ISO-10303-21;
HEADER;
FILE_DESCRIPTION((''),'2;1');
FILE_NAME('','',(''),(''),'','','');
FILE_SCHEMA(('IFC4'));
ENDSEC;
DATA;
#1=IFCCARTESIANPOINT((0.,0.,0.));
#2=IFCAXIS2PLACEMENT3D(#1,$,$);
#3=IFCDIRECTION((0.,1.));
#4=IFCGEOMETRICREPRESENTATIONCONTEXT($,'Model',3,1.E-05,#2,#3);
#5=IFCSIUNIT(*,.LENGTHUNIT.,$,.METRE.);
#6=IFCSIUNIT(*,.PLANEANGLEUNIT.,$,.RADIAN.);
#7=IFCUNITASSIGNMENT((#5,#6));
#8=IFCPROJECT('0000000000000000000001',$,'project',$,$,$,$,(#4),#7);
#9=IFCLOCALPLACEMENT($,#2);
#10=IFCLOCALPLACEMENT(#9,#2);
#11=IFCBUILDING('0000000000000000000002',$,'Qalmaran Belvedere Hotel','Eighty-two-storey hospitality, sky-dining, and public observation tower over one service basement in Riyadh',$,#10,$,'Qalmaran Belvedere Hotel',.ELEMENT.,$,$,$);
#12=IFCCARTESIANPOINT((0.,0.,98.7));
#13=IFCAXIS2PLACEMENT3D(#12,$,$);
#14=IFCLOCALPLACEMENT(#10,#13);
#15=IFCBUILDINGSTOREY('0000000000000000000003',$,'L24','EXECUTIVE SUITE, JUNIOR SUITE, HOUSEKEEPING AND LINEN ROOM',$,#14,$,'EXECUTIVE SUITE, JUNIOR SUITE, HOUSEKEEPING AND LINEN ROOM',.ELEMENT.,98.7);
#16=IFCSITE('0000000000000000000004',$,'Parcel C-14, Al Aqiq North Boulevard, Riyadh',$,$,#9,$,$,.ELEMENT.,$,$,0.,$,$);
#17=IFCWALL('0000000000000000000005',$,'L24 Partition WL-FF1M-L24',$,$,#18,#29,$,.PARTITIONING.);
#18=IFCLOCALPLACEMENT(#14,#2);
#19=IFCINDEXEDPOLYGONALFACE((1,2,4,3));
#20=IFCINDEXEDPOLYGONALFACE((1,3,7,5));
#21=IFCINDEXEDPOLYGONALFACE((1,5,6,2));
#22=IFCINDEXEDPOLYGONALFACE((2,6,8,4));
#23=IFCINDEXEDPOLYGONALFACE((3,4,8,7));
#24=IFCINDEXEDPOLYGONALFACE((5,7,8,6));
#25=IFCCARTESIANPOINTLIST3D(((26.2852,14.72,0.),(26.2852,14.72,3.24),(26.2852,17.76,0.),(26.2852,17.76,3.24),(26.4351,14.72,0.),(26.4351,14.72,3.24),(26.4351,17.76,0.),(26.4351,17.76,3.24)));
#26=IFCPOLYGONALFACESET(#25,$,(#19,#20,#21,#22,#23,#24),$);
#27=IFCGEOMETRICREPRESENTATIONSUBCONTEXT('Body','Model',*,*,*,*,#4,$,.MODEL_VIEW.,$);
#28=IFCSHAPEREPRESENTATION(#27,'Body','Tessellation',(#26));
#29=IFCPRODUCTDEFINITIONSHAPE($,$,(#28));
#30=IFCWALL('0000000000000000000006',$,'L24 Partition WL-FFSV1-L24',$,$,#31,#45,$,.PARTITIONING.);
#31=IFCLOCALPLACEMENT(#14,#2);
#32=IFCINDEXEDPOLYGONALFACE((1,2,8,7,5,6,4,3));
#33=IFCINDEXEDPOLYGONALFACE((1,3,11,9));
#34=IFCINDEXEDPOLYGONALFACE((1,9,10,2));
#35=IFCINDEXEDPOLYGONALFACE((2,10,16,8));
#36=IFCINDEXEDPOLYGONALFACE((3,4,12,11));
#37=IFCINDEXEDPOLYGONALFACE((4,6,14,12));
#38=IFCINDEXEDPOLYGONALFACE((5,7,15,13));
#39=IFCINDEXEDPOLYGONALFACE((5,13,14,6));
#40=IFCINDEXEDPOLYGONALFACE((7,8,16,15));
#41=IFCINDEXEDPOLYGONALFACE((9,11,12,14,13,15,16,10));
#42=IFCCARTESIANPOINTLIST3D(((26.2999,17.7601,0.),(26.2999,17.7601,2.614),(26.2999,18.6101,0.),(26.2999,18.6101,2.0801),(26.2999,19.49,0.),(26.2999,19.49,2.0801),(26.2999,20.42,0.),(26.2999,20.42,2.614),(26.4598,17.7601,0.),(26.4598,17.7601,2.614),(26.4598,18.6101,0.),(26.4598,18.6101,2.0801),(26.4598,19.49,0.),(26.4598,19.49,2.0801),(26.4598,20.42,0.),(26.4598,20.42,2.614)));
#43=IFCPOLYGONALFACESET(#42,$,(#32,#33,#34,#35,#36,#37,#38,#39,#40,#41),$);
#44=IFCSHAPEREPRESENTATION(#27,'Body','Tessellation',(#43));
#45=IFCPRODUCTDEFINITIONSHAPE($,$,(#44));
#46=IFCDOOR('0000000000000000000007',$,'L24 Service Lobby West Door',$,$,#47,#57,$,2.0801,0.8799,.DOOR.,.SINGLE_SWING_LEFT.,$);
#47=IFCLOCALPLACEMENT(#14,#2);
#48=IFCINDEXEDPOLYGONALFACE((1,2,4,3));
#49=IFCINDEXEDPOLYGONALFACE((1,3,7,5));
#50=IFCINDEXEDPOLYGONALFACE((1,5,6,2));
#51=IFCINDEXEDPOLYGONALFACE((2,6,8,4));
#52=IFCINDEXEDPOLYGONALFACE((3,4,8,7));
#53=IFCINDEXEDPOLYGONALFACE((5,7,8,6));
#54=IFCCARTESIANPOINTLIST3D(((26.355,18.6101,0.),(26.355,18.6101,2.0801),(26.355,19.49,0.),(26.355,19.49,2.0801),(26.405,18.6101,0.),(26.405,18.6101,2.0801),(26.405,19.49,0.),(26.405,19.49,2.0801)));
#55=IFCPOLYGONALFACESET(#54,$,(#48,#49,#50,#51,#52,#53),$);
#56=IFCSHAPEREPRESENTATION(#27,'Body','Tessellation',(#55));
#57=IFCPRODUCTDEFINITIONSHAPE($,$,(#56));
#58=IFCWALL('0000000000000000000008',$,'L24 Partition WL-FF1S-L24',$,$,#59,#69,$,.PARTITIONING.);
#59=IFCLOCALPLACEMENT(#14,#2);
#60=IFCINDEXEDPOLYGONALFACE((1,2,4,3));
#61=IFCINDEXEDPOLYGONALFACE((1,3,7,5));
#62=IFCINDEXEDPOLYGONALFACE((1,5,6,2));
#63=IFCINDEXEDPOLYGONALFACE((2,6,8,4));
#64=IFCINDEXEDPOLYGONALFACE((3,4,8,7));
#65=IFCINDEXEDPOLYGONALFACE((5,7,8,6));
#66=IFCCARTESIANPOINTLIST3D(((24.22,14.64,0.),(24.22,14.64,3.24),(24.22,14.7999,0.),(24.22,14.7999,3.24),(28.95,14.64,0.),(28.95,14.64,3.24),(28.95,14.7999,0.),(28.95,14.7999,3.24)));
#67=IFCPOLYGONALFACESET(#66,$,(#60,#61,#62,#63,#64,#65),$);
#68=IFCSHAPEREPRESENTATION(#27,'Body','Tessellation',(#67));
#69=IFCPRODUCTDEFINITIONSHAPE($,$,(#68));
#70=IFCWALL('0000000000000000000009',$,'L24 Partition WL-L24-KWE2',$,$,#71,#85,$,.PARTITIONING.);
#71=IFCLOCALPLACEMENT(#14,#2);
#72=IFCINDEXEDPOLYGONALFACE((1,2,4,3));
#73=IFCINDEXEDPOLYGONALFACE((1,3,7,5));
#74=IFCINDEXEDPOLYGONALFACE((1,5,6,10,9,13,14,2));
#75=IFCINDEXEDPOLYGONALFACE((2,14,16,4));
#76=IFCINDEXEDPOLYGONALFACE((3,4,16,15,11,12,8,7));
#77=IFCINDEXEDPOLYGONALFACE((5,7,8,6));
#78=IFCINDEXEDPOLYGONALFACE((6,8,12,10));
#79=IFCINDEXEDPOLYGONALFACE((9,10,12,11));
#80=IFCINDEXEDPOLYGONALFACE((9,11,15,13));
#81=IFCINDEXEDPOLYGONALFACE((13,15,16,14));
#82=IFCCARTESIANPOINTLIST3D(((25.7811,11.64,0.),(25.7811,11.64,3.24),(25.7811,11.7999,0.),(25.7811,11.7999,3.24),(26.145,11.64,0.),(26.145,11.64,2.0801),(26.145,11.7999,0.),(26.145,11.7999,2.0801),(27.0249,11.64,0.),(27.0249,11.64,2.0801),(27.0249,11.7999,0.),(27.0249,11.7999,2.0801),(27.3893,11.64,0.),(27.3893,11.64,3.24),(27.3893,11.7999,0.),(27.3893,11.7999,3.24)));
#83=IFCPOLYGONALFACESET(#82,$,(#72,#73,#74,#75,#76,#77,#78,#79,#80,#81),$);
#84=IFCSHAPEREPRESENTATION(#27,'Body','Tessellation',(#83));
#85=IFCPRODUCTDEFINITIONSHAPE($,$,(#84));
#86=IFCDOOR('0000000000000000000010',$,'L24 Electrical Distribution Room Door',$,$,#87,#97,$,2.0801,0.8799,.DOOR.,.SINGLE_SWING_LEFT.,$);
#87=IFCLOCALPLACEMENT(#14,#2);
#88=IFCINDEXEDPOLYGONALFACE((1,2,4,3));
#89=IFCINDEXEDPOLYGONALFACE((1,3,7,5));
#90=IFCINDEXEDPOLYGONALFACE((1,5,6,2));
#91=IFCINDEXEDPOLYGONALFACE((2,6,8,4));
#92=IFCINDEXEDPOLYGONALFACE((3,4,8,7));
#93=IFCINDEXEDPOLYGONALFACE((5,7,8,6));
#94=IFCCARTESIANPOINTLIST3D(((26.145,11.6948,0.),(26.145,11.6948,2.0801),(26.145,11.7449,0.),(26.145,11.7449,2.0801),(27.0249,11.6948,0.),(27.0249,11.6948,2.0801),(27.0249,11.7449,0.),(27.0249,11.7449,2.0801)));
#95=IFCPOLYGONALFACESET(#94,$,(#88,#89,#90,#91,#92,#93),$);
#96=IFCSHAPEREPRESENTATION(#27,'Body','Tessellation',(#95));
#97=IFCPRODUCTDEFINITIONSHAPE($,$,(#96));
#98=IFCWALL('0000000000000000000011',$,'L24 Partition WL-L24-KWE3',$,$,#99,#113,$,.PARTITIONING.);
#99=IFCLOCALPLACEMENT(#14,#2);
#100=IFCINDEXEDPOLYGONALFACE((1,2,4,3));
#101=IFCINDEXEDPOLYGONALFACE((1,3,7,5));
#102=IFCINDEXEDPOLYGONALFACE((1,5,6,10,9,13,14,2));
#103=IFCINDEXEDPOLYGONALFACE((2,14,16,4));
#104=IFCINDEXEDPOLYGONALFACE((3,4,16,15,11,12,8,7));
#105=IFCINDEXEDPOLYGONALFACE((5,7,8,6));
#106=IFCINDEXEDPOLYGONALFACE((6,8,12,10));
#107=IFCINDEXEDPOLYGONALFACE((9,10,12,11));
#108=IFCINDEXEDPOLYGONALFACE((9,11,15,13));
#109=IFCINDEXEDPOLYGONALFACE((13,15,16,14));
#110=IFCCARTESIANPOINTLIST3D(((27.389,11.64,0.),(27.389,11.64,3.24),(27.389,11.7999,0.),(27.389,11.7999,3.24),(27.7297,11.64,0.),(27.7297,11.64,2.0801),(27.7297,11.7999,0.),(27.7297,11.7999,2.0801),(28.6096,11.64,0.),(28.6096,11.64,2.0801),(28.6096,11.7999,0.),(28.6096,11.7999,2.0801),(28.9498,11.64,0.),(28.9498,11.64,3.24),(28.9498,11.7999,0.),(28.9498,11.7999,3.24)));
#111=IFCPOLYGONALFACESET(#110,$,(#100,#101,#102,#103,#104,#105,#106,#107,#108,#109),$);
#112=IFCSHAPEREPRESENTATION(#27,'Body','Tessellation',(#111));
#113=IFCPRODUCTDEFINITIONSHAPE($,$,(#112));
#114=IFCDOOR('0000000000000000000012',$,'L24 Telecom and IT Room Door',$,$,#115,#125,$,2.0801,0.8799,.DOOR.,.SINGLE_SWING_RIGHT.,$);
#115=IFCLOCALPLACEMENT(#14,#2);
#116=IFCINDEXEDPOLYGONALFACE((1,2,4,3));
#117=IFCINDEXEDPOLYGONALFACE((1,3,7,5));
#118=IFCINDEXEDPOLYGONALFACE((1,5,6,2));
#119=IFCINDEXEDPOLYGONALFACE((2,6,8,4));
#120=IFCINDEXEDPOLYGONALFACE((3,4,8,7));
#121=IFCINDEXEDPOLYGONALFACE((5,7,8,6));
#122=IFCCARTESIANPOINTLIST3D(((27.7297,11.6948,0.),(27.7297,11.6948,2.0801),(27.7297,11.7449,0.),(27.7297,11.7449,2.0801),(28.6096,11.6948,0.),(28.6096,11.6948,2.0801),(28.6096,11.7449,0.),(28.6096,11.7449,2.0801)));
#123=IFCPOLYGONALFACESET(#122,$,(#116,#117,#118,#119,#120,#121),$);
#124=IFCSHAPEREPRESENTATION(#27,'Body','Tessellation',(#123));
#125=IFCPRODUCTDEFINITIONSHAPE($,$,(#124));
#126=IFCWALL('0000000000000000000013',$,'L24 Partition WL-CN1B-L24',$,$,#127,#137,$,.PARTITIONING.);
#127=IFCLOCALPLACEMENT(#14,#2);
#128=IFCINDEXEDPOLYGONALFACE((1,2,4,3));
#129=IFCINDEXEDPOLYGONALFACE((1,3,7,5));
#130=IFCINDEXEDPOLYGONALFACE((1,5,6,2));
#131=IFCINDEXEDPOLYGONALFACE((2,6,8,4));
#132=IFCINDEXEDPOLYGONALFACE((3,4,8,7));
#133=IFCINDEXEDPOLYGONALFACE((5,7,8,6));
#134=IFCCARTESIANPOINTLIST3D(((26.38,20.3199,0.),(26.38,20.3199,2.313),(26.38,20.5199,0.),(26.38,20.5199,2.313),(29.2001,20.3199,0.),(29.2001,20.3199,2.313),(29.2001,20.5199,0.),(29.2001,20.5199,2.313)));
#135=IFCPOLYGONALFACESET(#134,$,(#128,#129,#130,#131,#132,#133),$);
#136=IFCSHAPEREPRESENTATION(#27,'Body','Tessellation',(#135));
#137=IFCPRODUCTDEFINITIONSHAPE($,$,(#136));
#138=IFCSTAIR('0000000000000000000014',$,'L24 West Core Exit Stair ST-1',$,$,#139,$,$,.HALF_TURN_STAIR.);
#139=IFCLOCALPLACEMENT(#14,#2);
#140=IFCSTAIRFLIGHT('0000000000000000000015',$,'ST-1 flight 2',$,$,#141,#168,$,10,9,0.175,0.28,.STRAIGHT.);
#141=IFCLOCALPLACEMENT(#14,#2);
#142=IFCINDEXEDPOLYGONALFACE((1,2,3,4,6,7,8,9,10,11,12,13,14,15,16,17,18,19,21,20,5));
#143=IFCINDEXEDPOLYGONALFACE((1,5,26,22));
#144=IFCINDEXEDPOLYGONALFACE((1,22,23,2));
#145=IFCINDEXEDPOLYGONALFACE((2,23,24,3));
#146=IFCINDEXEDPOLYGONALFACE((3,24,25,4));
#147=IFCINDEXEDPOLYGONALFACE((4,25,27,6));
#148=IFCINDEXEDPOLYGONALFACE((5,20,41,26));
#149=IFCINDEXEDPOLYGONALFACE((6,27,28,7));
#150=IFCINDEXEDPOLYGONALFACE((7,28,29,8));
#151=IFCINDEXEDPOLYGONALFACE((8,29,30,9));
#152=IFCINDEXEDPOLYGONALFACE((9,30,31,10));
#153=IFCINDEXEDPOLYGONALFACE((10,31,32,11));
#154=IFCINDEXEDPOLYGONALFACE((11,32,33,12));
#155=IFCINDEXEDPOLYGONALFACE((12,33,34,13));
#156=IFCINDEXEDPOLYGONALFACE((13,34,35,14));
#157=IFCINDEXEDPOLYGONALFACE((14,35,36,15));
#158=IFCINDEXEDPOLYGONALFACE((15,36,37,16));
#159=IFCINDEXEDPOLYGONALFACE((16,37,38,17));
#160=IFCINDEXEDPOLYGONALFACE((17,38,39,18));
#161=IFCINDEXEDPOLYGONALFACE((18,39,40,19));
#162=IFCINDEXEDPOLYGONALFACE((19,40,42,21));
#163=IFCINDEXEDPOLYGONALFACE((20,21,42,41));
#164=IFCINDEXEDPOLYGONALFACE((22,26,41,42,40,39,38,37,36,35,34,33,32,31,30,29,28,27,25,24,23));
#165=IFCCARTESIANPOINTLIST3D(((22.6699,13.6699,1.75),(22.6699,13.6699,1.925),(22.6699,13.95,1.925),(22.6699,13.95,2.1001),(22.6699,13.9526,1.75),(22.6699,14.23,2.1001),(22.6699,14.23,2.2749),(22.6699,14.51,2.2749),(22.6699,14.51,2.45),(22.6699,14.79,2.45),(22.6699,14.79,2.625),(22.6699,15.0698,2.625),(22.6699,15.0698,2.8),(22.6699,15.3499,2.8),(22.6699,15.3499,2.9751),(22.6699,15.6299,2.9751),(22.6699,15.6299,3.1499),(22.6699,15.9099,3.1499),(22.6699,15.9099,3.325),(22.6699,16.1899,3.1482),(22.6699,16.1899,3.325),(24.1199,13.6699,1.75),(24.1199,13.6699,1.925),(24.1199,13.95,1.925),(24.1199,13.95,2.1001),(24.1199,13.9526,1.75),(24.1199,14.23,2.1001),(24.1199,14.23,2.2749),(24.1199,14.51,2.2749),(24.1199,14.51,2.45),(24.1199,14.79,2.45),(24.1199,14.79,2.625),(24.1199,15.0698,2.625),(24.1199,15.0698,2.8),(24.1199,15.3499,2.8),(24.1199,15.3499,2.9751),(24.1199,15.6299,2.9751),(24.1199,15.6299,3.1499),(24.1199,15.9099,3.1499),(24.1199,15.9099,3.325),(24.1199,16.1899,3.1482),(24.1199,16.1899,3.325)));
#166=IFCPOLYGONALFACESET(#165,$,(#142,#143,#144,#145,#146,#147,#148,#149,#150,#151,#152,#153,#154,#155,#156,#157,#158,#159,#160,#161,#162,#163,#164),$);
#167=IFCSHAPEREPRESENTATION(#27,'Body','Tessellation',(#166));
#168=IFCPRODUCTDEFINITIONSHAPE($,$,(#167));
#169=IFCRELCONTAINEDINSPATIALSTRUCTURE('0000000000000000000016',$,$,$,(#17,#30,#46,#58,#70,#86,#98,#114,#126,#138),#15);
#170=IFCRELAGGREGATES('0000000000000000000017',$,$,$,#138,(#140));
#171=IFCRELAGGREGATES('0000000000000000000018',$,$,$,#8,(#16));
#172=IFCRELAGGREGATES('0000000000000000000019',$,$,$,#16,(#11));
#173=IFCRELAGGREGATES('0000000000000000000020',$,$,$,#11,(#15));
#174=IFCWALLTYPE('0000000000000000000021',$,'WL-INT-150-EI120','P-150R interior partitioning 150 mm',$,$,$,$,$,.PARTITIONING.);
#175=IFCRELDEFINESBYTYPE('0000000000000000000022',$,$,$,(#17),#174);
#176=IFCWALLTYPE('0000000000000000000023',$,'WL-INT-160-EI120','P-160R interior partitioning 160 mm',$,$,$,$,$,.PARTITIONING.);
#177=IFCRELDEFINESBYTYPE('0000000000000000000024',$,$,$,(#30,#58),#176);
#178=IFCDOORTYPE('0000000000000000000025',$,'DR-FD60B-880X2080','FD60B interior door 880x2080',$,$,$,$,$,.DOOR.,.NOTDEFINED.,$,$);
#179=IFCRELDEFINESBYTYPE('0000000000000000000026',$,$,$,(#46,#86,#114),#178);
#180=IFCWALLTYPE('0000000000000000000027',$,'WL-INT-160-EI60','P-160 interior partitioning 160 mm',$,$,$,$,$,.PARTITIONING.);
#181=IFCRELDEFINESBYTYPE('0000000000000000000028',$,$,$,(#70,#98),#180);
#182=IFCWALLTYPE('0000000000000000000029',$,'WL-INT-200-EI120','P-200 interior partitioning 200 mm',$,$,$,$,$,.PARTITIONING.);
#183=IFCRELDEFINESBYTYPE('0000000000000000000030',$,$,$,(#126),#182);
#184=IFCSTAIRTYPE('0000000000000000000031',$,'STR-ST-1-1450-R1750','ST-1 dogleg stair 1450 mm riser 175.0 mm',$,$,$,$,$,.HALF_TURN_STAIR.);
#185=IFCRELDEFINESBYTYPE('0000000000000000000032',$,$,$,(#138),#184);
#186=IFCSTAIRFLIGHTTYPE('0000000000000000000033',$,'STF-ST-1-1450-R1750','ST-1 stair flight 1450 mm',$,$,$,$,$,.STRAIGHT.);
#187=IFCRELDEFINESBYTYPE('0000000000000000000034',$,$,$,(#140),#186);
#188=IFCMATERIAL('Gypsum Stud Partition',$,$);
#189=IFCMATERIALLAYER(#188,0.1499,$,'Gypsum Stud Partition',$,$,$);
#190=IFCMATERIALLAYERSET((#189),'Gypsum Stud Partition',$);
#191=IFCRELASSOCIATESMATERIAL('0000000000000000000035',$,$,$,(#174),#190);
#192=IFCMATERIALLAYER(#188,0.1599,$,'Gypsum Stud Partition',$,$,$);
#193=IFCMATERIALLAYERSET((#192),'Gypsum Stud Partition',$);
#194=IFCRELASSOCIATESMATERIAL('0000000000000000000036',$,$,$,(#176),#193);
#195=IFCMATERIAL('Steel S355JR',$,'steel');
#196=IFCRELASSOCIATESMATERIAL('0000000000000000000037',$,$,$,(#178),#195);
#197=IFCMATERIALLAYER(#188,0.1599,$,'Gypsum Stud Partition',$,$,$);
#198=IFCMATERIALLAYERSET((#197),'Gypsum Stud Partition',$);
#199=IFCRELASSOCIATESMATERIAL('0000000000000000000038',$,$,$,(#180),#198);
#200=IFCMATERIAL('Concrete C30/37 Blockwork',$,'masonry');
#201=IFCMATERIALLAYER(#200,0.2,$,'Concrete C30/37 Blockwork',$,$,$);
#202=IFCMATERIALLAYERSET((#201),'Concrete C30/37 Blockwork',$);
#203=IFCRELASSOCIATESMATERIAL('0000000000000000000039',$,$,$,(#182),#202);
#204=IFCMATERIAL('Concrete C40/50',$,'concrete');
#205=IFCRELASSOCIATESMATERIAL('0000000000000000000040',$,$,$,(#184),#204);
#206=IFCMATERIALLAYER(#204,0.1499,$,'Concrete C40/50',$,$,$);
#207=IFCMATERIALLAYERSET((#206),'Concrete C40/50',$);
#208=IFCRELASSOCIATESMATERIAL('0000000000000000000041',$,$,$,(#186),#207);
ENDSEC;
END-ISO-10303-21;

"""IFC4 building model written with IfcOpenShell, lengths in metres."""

from ifc_helpers import new_model, si_unit, direction, frame, frame_2d, origin, place, context, subcontext, project, spatial, polyline, rectangle, outline, extrude, material, layer, layer_set, type_object, element, fill, aggregate, save


model = new_model("IFC4")

# Units and contexts
model_context = context("Model", 3, precision=1e-05, world=origin(), true_north=direction((0.0, 1.0)))
body_context = subcontext(model_context, "Body", "Model", "MODEL_VIEW")
ifc_project = project(units=[si_unit("LENGTHUNIT", "METRE"), si_unit("PLANEANGLEUNIT", "RADIAN")], contexts=[model_context])

# Site, building, storey
site_placement = place(None, origin())
site = spatial("IfcSite", under=ifc_project, at=site_placement, Name="Parcel C-14, Al Aqiq North Boulevard, Riyadh", CompositionType="ELEMENT", RefElevation=0.0)
building_placement = place(site_placement, origin())
building = spatial("IfcBuilding", under=site, at=building_placement, Name="Qalmaran Belvedere Hotel", Description="Eighty-two-storey hospitality, sky-dining, and public observation tower over one service basement in Riyadh", LongName="Qalmaran Belvedere Hotel", CompositionType="ELEMENT")
storey_placement = place(building_placement, frame((0.0, 0.0, 98.7)))
storey = spatial("IfcBuildingStorey", under=building, at=storey_placement, Name="L24", Description="EXECUTIVE SUITE, JUNIOR SUITE, HOUSEKEEPING AND LINEN ROOM", LongName="EXECUTIVE SUITE, JUNIOR SUITE, HOUSEKEEPING AND LINEN ROOM", CompositionType="ELEMENT", Elevation=98.7)

# Wall
ifc_material_1 = material(Name="Gypsum Stud Partition")
ifc_layer_1 = layer(ifc_material_1, 0.1499, Name="Gypsum Stud Partition")
ifc_layer_set_1 = layer_set([ifc_layer_1], Name="Gypsum Stud Partition")
wall_type_1 = type_object("IfcWallType", Name="WL-INT-150-EI120", Description="P-150R interior partitioning 150 mm", PredefinedType="PARTITIONING", material=ifc_layer_set_1)
wall_1_placement = place(storey_placement, frame((26.3601, 14.72, 0.0), z_axis=(0.0, 0.0, 1.0), x_axis=(0.0, 1.0, 0.0)))
element("IfcWall", 1, at=wall_1_placement, inside=storey, type_object=wall_type_1, Name="L24 Partition WL-FF1M-L24", PredefinedType="PARTITIONING", context=body_context, shape_type="SweptSolid", body=[
    extrude(rectangle(XDim=3.04, YDim=0.1499, at=frame_2d((1.52, 0.0))), origin(), (0.0, 0.0, 1.0), 3.24),
])

# Wall, opening, door
ifc_layer_2 = layer(ifc_material_1, 0.1599, Name="Gypsum Stud Partition")
ifc_layer_set_2 = layer_set([ifc_layer_2], Name="Gypsum Stud Partition")
wall_type_2 = type_object("IfcWallType", Name="WL-INT-160-EI120", Description="P-160R interior partitioning 160 mm", PredefinedType="PARTITIONING", material=ifc_layer_set_2)
wall_2_placement = place(storey_placement, frame((26.3799, 17.76, 0.0), z_axis=(0.0, 0.0, 1.0), x_axis=(0.0, 1.0, 0.0)))
wall_2 = element("IfcWall", 2, at=wall_2_placement, inside=storey, type_object=wall_type_2, Name="L24 Partition WL-FFSV1-L24", PredefinedType="PARTITIONING", context=body_context, shape_type="SweptSolid", body=[
    extrude(rectangle(XDim=2.6599, YDim=0.1599, at=frame_2d((1.3301, 0.0))), origin(), (0.0, 0.0, 1.0), 2.614),
])
opening_1_placement = place(wall_2_placement, frame((0.8501, 0.0, 0.0)))
opening_1 = element("IfcOpeningElement", 3, at=opening_1_placement, cuts=wall_2, PredefinedType="OPENING", context=body_context, shape_type="SweptSolid", body=[
    extrude(rectangle(XDim=0.8799, YDim=2.0801, at=frame_2d((0.4399, 1.04))), frame((0.0, 0.0898, 0.0), z_axis=(0.0, -1.0, 0.0), x_axis=(1.0, 0.0, 0.0)), (0.0, 0.0, 1.0), 0.1799),
])
ifc_material_2 = material(Name="Steel S355JR", Category="steel")
door_type = type_object("IfcDoorType", Name="DR-FD60B-880X2080", Description="FD60B interior door 880x2080", OperationType="NOTDEFINED", PredefinedType="DOOR", material=ifc_material_2)
door_1_placement = place(opening_1_placement, origin())
door_1 = element("IfcDoor", 4, at=door_1_placement, inside=storey, type_object=door_type, Name="L24 Service Lobby West Door", OperationType="SINGLE_SWING_LEFT", OverallHeight=2.0801, OverallWidth=0.8799, PredefinedType="DOOR", context=body_context, shape_type="SweptSolid", body=[
    extrude(rectangle(XDim=0.8799, YDim=2.0801, at=frame_2d((0.4399, 1.04))), frame((0.0, 0.0249, 0.0), z_axis=(0.0, -1.0, 0.0), x_axis=(1.0, 0.0, 0.0)), (0.0, 0.0, 1.0), 0.05),
])
fill(opening_1, door_1)

# Wall
wall_3_placement = place(storey_placement, frame((24.22, 14.72, 0.0), z_axis=(0.0, 0.0, 1.0), x_axis=(1.0, 0.0, 0.0)))
element("IfcWall", 5, at=wall_3_placement, inside=storey, type_object=wall_type_2, Name="L24 Partition WL-FF1S-L24", PredefinedType="PARTITIONING", context=body_context, shape_type="SweptSolid", body=[
    extrude(rectangle(XDim=4.73, YDim=0.1599, at=frame_2d((2.365, 0.0))), origin(), (0.0, 0.0, 1.0), 3.24),
])

# Walls, openings, doors
ifc_layer_3 = layer(ifc_material_1, 0.1599, Name="Gypsum Stud Partition")
ifc_layer_set_3 = layer_set([ifc_layer_3], Name="Gypsum Stud Partition")
wall_type_3 = type_object("IfcWallType", Name="WL-INT-160-EI60", Description="P-160 interior partitioning 160 mm", PredefinedType="PARTITIONING", material=ifc_layer_set_3)
wall_4_placement = place(storey_placement, frame((25.781, 11.72, 0.0), z_axis=(0.0, 0.0, 1.0), x_axis=(1.0, 0.0, 0.0)))
wall_4 = element("IfcWall", 6, at=wall_4_placement, inside=storey, type_object=wall_type_3, Name="L24 Partition WL-L24-KWE2", PredefinedType="PARTITIONING", context=body_context, shape_type="SweptSolid", body=[
    extrude(rectangle(XDim=1.6082, YDim=0.1599, at=frame_2d((0.8042, 0.0))), origin(), (0.0, 0.0, 1.0), 3.24),
])
opening_2_placement = place(wall_4_placement, frame((0.364, 0.0, 0.0)))
opening_2 = element("IfcOpeningElement", 7, at=opening_2_placement, cuts=wall_4, PredefinedType="OPENING", context=body_context, shape_type="SweptSolid", body=[
    extrude(rectangle(XDim=0.8799, YDim=2.0801, at=frame_2d((0.4399, 1.04))), frame((0.0, 0.0898, 0.0), z_axis=(0.0, -1.0, 0.0), x_axis=(1.0, 0.0, 0.0)), (0.0, 0.0, 1.0), 0.1799),
])
door_2_placement = place(opening_2_placement, origin())
door_2 = element("IfcDoor", 8, at=door_2_placement, inside=storey, type_object=door_type, Name="L24 Electrical Distribution Room Door", OperationType="SINGLE_SWING_LEFT", OverallHeight=2.0801, OverallWidth=0.8799, PredefinedType="DOOR", context=body_context, shape_type="SweptSolid", body=[
    extrude(rectangle(XDim=0.8799, YDim=2.0801, at=frame_2d((0.4399, 1.04))), frame((0.0, 0.0249, 0.0), z_axis=(0.0, -1.0, 0.0), x_axis=(1.0, 0.0, 0.0)), (0.0, 0.0, 1.0), 0.05),
])
fill(opening_2, door_2)
wall_5_placement = place(storey_placement, frame((27.3892, 11.72, 0.0), z_axis=(0.0, 0.0, 1.0), x_axis=(1.0, 0.0, 0.0)))
wall_5 = element("IfcWall", 9, at=wall_5_placement, inside=storey, type_object=wall_type_3, Name="L24 Partition WL-L24-KWE3", PredefinedType="PARTITIONING", context=body_context, shape_type="SweptSolid", body=[
    extrude(rectangle(XDim=1.5608, YDim=0.1599, at=frame_2d((0.7803, 0.0))), origin(), (0.0, 0.0, 1.0), 3.24),
])
opening_3_placement = place(wall_5_placement, frame((0.3406, 0.0, 0.0)))
opening_3 = element("IfcOpeningElement", 10, at=opening_3_placement, cuts=wall_5, PredefinedType="OPENING", context=body_context, shape_type="SweptSolid", body=[
    extrude(rectangle(XDim=0.8799, YDim=2.0801, at=frame_2d((0.4399, 1.04))), frame((0.0, 0.0898, 0.0), z_axis=(0.0, -1.0, 0.0), x_axis=(1.0, 0.0, 0.0)), (0.0, 0.0, 1.0), 0.1799),
])
door_3_placement = place(opening_3_placement, origin())
door_3 = element("IfcDoor", 11, at=door_3_placement, inside=storey, type_object=door_type, Name="L24 Telecom and IT Room Door", OperationType="SINGLE_SWING_RIGHT", OverallHeight=2.0801, OverallWidth=0.8799, PredefinedType="DOOR", context=body_context, shape_type="SweptSolid", body=[
    extrude(rectangle(XDim=0.8799, YDim=2.0801, at=frame_2d((0.4399, 1.04))), frame((0.0, 0.0249, 0.0), z_axis=(0.0, -1.0, 0.0), x_axis=(1.0, 0.0, 0.0)), (0.0, 0.0, 1.0), 0.05),
])
fill(opening_3, door_3)

# Wall
ifc_material_3 = material(Name="Concrete C30/37 Blockwork", Category="masonry")
ifc_layer_4 = layer(ifc_material_3, 0.2, Name="Concrete C30/37 Blockwork")
ifc_layer_set_4 = layer_set([ifc_layer_4], Name="Concrete C30/37 Blockwork")
wall_type_4 = type_object("IfcWallType", Name="WL-INT-200-EI120", Description="P-200 interior partitioning 200 mm", PredefinedType="PARTITIONING", material=ifc_layer_set_4)
wall_6_placement = place(storey_placement, frame((26.3799, 20.4199, 0.0), z_axis=(0.0, 0.0, 1.0), x_axis=(1.0, 0.0, 0.0)))
element("IfcWall", 12, at=wall_6_placement, inside=storey, type_object=wall_type_4, Name="L24 Partition WL-CN1B-L24", PredefinedType="PARTITIONING", context=body_context, shape_type="SweptSolid", body=[
    extrude(rectangle(XDim=2.8201, YDim=0.2, at=frame_2d((1.4102, 0.0))), origin(), (0.0, 0.0, 1.0), 2.313),
])

# Stair, stair flight
ifc_material_4 = material(Name="Concrete C40/50", Category="concrete")
stair_type = type_object("IfcStairType", Name="STR-ST-1-1450-R1750", Description="ST-1 dogleg stair 1450 mm riser 175.0 mm", PredefinedType="HALF_TURN_STAIR", material=ifc_material_4)
stair_placement = place(storey_placement, origin())
stair = element("IfcStair", 13, at=stair_placement, inside=storey, type_object=stair_type, Name="L24 West Core Exit Stair ST-1", PredefinedType="HALF_TURN_STAIR")
ifc_layer_5 = layer(ifc_material_4, 0.1499, Name="Concrete C40/50")
ifc_layer_set_5 = layer_set([ifc_layer_5], Name="Concrete C40/50")
stair_flight_type = type_object("IfcStairFlightType", Name="STF-ST-1-1450-R1750", Description="ST-1 stair flight 1450 mm", PredefinedType="STRAIGHT", material=ifc_layer_set_5)
stair_flight_placement = place(storey_placement, frame((23.395, 13.6699, 1.75), z_axis=(0.0, 0.0, 1.0), x_axis=(0.0, 1.0, 0.0)))
stair_flight = element("IfcStairFlight", 14, at=stair_flight_placement, type_object=stair_flight_type, Name="ST-1 flight 2", NumberOfRisers=10, NumberOfTreads=9, PredefinedType="STRAIGHT", RiserHeight=0.175, TreadLength=0.28, context=body_context, shape_type="SweptSolid", body=[
    extrude(outline(polyline([(0.0, 0.0), (0.0, 0.175), (0.28, 0.175), (0.28, 0.3501), (0.5601, 0.3501), (0.5601, 0.5249), (0.8401, 0.5249), (0.8401, 0.7), (1.1201, 0.7), (1.1201, 0.875), (1.3999, 0.875), (1.3999, 1.05), (1.6799, 1.05), (1.6799, 1.2251), (1.96, 1.2251), (1.96, 1.3999), (2.24, 1.3999), (2.24, 1.575), (2.52, 1.575), (2.52, 1.75), (2.52, 1.3982), (0.2827, 0.0), (0.0, 0.0)])), frame((0.0, 0.7251, 0.0), z_axis=(0.0, -1.0, 0.0), x_axis=(1.0, 0.0, 0.0)), (0.0, 0.0, 1.0), 1.45),
])
aggregate(stair, [stair_flight])

save(model, "model.ifc")
